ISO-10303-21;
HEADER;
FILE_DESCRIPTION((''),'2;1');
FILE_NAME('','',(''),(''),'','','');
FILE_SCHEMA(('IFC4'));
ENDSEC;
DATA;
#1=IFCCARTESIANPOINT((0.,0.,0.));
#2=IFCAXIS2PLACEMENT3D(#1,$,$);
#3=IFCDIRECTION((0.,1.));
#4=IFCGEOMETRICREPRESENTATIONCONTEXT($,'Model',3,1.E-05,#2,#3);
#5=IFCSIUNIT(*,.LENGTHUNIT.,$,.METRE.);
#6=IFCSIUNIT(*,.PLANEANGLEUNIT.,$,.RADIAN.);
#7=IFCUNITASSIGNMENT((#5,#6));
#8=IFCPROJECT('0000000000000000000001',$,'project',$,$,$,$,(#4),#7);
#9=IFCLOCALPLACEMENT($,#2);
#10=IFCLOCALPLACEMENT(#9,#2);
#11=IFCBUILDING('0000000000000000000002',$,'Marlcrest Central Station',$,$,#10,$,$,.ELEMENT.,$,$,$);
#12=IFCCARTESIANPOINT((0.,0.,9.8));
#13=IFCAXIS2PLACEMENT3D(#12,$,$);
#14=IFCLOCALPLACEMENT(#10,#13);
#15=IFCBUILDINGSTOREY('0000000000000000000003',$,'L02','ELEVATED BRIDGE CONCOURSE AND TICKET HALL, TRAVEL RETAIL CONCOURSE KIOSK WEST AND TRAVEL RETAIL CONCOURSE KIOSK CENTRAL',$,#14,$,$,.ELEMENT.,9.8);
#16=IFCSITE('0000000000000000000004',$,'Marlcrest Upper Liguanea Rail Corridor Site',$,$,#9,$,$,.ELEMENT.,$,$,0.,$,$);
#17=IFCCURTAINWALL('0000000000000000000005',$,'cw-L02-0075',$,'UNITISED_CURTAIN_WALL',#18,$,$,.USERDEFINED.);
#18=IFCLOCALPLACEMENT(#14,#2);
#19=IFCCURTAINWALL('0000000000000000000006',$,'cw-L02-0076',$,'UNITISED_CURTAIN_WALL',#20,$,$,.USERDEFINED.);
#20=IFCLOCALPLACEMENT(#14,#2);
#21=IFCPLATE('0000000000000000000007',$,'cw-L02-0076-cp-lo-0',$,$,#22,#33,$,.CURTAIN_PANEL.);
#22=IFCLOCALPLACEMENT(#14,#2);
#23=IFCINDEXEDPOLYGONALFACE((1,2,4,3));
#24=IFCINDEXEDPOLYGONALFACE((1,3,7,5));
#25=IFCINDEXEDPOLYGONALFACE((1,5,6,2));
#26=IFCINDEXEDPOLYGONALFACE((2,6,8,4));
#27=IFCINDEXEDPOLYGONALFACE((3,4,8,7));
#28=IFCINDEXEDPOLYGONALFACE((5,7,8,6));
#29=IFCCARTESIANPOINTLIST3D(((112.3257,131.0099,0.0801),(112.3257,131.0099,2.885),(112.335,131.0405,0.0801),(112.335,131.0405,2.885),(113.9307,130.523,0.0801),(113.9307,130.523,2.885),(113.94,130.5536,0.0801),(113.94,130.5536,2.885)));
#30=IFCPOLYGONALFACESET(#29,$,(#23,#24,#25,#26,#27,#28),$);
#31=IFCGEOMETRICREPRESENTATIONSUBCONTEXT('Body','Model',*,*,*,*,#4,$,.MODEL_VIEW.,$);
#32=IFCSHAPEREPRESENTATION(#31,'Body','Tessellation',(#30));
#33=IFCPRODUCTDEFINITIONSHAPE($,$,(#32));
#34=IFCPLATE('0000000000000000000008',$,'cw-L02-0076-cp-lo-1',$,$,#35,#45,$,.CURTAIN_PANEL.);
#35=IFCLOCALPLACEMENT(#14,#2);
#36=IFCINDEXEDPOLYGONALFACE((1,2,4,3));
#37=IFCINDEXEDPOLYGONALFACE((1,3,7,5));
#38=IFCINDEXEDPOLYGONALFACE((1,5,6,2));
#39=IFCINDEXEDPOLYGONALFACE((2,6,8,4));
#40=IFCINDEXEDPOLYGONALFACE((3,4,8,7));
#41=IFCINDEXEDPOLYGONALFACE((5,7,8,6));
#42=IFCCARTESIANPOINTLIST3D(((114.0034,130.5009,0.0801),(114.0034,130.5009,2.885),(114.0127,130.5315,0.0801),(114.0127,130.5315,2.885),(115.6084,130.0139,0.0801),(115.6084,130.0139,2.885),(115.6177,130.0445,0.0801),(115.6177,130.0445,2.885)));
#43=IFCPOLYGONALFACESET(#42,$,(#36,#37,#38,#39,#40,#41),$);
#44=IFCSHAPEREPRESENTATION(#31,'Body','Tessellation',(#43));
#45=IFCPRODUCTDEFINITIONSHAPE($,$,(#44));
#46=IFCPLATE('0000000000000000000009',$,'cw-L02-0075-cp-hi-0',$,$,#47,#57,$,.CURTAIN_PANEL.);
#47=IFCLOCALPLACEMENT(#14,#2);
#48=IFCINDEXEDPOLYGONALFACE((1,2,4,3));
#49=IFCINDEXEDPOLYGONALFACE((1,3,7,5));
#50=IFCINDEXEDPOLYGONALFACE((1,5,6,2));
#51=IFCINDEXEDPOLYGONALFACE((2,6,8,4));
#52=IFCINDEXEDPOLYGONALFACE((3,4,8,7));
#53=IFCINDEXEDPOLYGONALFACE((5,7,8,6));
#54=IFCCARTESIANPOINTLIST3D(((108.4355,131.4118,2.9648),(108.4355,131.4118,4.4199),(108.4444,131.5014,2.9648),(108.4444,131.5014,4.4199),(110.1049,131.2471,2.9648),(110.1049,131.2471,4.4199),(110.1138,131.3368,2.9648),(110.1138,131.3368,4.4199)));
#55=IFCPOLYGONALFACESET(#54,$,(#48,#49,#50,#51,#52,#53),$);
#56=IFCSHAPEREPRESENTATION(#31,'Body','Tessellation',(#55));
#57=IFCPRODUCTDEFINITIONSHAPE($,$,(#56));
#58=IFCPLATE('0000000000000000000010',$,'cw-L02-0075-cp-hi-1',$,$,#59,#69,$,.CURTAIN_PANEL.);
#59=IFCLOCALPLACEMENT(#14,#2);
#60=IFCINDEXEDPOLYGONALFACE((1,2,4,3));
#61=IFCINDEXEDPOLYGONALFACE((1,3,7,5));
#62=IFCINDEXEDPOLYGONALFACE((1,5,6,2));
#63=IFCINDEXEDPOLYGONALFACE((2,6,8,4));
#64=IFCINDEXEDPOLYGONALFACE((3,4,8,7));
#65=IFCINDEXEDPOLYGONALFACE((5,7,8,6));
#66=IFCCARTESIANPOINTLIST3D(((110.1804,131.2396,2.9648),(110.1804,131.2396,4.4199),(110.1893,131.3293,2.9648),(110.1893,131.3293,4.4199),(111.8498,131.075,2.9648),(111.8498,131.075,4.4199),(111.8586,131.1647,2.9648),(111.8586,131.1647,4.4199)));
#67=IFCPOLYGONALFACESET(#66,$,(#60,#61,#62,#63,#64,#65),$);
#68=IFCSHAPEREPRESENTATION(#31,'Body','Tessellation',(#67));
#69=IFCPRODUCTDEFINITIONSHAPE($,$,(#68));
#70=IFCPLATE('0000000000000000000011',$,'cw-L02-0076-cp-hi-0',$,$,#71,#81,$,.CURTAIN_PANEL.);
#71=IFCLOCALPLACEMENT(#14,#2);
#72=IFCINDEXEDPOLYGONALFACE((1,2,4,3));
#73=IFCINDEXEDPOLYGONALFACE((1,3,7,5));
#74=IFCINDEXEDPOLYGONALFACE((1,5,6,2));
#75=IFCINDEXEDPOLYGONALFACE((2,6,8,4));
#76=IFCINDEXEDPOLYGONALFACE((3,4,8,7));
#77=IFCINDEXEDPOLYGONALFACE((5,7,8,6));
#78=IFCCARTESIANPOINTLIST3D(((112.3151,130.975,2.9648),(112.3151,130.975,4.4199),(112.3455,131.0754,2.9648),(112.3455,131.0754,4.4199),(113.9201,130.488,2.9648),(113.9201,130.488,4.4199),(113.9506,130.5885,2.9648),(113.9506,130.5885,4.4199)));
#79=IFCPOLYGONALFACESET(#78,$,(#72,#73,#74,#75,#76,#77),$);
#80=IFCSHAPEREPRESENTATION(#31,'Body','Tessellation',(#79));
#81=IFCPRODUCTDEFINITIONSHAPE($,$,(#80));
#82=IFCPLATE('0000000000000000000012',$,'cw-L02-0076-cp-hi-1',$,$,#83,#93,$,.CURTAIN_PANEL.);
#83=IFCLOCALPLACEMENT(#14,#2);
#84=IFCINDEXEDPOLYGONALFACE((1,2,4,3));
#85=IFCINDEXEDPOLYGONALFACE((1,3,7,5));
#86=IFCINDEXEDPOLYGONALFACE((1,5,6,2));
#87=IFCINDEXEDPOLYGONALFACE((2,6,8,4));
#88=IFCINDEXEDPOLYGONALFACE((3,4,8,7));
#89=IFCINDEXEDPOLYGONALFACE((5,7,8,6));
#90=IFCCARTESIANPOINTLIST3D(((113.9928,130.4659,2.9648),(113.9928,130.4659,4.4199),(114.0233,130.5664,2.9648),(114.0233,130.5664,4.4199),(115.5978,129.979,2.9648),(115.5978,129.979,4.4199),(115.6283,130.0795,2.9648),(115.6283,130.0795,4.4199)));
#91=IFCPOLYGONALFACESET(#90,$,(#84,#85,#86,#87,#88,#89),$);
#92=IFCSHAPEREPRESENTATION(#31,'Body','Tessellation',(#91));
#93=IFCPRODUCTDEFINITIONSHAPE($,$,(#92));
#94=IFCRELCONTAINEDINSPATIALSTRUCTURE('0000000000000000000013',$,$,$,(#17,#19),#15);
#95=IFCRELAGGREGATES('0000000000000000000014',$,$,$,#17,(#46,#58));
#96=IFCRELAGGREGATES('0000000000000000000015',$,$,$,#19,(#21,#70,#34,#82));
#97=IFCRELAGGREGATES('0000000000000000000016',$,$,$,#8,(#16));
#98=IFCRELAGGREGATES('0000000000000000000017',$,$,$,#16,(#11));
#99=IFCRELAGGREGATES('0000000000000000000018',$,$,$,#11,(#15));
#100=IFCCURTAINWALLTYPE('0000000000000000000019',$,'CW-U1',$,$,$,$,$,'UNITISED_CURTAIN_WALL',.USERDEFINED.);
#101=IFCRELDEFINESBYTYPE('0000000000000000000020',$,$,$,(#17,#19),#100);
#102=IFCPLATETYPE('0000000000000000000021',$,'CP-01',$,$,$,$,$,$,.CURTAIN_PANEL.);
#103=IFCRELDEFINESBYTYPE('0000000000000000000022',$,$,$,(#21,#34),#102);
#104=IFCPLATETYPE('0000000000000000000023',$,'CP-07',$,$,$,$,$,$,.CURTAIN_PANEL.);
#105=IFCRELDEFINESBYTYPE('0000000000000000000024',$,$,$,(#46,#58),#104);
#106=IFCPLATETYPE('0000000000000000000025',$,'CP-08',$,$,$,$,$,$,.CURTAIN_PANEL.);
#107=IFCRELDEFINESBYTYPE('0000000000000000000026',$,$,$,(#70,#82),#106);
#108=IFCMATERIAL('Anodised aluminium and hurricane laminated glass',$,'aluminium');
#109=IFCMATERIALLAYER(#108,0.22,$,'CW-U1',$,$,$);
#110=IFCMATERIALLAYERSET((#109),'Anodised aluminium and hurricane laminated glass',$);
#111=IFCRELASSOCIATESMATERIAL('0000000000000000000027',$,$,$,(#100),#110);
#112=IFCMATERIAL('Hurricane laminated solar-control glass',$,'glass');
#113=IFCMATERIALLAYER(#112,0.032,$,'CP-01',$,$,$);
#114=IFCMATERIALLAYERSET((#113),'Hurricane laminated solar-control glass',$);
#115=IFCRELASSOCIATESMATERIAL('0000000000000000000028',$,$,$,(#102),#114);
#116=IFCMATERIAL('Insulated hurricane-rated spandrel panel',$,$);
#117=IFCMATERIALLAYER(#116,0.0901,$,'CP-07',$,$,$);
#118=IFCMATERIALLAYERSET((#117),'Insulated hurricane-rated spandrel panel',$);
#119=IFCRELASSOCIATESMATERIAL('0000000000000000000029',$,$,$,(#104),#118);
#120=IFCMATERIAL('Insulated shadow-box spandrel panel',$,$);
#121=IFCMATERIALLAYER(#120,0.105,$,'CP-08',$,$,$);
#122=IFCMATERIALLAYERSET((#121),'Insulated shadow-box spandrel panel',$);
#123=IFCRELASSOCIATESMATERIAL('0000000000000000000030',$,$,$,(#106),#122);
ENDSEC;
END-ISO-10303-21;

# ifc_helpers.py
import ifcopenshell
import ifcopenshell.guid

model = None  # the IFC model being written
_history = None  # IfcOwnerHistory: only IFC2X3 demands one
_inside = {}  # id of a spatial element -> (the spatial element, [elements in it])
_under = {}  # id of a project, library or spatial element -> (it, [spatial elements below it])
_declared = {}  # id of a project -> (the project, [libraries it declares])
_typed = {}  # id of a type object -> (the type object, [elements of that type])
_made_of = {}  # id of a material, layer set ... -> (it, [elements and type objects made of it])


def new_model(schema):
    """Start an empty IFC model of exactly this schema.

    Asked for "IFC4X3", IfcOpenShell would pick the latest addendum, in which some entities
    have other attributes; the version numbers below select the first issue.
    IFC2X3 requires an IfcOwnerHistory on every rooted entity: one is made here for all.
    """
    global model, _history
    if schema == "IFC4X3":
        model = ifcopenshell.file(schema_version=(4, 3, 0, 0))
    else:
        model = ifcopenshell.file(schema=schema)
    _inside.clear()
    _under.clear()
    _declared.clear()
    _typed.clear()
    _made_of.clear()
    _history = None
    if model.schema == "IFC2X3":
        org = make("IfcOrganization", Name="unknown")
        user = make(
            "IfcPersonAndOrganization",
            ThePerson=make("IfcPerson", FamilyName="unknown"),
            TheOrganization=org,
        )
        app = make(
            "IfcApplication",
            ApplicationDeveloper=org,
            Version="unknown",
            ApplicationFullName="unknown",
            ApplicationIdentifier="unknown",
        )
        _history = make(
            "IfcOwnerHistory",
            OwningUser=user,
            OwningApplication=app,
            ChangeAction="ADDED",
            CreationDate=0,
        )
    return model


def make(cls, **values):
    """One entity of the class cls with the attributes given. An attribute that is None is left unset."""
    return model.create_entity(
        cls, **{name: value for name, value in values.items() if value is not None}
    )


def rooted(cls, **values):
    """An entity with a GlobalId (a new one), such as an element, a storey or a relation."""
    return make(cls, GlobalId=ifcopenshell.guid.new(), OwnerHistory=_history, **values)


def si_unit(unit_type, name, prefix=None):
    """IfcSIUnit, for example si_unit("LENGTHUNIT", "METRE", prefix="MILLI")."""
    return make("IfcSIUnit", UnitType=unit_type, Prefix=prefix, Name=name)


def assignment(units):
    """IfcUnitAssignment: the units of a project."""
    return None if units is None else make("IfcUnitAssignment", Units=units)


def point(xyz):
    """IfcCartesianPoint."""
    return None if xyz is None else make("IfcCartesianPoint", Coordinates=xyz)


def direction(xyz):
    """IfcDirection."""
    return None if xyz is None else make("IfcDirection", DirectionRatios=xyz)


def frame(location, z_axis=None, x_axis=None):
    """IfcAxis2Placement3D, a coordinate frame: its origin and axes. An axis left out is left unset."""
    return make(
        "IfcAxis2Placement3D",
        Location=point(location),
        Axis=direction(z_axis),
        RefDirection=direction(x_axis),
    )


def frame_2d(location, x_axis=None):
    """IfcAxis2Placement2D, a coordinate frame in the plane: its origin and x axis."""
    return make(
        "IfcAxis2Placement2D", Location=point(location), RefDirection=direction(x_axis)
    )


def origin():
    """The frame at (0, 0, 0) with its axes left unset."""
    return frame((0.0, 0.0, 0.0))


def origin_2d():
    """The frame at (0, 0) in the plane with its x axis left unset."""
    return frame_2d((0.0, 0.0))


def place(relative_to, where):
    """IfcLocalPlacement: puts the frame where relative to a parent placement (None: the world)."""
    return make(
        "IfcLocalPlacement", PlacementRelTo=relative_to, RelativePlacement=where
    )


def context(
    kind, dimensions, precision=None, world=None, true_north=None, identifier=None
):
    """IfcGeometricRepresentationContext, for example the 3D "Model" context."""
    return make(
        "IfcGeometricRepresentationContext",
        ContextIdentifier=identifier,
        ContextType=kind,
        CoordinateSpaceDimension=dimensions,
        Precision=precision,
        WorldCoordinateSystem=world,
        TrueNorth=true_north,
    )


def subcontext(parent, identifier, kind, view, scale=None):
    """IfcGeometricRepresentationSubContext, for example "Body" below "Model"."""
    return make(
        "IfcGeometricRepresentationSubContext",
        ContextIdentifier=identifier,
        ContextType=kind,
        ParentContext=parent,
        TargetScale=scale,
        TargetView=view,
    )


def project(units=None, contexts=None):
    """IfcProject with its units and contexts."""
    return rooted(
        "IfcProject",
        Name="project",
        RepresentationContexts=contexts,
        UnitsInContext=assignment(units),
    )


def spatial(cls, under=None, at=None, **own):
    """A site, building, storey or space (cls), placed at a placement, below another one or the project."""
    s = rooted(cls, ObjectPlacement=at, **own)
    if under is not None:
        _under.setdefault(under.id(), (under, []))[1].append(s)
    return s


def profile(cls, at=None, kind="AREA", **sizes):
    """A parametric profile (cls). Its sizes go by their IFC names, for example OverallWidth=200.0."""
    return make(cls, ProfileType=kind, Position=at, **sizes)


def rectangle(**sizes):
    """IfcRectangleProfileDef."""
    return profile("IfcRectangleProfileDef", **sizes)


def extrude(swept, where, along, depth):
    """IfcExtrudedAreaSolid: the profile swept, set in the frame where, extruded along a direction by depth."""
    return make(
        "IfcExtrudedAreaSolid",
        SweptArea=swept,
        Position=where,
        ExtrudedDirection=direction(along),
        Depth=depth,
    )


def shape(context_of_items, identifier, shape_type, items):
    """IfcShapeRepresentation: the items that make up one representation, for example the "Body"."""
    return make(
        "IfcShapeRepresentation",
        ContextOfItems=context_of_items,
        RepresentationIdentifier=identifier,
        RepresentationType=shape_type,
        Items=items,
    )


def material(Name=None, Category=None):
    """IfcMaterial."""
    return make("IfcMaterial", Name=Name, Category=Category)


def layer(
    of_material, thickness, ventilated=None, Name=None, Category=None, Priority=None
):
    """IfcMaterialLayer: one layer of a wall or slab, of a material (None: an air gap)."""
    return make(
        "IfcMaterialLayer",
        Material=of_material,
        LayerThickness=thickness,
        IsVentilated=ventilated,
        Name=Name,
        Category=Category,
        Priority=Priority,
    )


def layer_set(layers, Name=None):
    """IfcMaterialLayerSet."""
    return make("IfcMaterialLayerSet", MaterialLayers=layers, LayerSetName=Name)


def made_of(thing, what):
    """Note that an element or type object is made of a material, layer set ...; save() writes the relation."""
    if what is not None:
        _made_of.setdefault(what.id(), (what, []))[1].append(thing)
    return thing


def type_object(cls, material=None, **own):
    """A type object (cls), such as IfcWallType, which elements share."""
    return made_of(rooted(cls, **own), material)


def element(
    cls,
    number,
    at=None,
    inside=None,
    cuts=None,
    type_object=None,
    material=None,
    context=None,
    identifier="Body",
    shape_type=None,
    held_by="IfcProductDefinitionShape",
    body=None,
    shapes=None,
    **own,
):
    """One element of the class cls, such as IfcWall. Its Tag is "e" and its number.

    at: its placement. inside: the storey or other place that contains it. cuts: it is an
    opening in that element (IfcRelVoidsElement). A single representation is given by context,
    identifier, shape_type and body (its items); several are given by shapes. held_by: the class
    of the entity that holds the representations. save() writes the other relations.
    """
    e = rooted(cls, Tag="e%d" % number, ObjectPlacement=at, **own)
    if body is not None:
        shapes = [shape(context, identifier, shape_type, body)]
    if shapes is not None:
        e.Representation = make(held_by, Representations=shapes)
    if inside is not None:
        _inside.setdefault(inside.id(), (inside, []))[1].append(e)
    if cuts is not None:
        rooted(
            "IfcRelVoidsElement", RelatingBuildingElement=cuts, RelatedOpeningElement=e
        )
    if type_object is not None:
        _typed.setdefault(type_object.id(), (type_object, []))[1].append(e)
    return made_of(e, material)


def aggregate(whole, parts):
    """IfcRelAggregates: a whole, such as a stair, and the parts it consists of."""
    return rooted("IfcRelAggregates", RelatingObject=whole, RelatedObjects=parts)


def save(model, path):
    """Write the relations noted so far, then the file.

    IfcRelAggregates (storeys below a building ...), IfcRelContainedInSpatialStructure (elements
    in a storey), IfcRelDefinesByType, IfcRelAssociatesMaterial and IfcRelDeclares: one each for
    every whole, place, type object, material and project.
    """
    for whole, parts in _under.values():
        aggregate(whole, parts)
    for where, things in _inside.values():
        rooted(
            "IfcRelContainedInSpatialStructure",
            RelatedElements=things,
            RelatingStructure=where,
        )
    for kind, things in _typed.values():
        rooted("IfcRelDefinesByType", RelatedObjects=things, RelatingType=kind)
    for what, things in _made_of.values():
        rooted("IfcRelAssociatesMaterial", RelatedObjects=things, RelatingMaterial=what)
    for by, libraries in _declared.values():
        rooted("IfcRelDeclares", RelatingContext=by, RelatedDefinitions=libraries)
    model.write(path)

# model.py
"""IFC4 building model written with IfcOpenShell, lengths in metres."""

from ifc_helpers import new_model, si_unit, direction, frame, origin, origin_2d, place, context, subcontext, project, spatial, rectangle, extrude, material, layer, layer_set, type_object, element, aggregate, save


model = new_model("IFC4")

# Units and contexts
model_context = context("Model", 3, precision=1e-05, world=origin(), true_north=direction((0.0, 1.0)))
body_context = subcontext(model_context, "Body", "Model", "MODEL_VIEW")
ifc_project = project(units=[si_unit("LENGTHUNIT", "METRE"), si_unit("PLANEANGLEUNIT", "RADIAN")], contexts=[model_context])

# Site, building, storey
site_placement = place(None, origin())
site = spatial("IfcSite", under=ifc_project, at=site_placement, Name="Marlcrest Upper Liguanea Rail Corridor Site", CompositionType="ELEMENT", RefElevation=0.0)
building_placement = place(site_placement, origin())
building = spatial("IfcBuilding", under=site, at=building_placement, Name="Marlcrest Central Station", CompositionType="ELEMENT")
storey_placement = place(building_placement, frame((0.0, 0.0, 9.8)))
storey = spatial("IfcBuildingStorey", under=building, at=storey_placement, Name="L02", Description="ELEVATED BRIDGE CONCOURSE AND TICKET HALL, TRAVEL RETAIL CONCOURSE KIOSK WEST AND TRAVEL RETAIL CONCOURSE KIOSK CENTRAL", CompositionType="ELEMENT", Elevation=9.8)

# Curtain walls
ifc_material_1 = material(Name="Anodised aluminium and hurricane laminated glass", Category="aluminium")
ifc_layer_1 = layer(ifc_material_1, 0.22, Name="CW-U1")
ifc_layer_set_1 = layer_set([ifc_layer_1], Name="Anodised aluminium and hurricane laminated glass")
curtain_wall_type = type_object("IfcCurtainWallType", Name="CW-U1", ElementType="UNITISED_CURTAIN_WALL", PredefinedType="USERDEFINED", material=ifc_layer_set_1)
curtain_wall_1_placement = place(storey_placement, origin())
curtain_wall_1 = element("IfcCurtainWall", 1, at=curtain_wall_1_placement, inside=storey, type_object=curtain_wall_type, Name="cw-L02-0075", ObjectType="UNITISED_CURTAIN_WALL", PredefinedType="USERDEFINED")
curtain_wall_2_placement = place(storey_placement, origin())
curtain_wall_2 = element("IfcCurtainWall", 2, at=curtain_wall_2_placement, inside=storey, type_object=curtain_wall_type, Name="cw-L02-0076", ObjectType="UNITISED_CURTAIN_WALL", PredefinedType="USERDEFINED")

# Plates
ifc_material_2 = material(Name="Hurricane laminated solar-control glass", Category="glass")
ifc_layer_2 = layer(ifc_material_2, 0.032, Name="CP-01")
ifc_layer_set_2 = layer_set([ifc_layer_2], Name="Hurricane laminated solar-control glass")
plate_type_1 = type_object("IfcPlateType", Name="CP-01", PredefinedType="CURTAIN_PANEL", material=ifc_layer_set_2)
plate_1_placement = place(storey_placement, frame((113.1328, 130.7817, 0.0801), z_axis=(0.0, 0.0, 1.0), x_axis=(0.95693, -0.290318, 0.0)))
plate_1 = element("IfcPlate", 3, at=plate_1_placement, type_object=plate_type_1, Name="cw-L02-0076-cp-lo-0", PredefinedType="CURTAIN_PANEL", context=body_context, shape_type="SweptSolid", body=[
    extrude(rectangle(XDim=1.6772, YDim=0.032, at=origin_2d()), origin(), (0.0, 0.0, 1.0), 2.8049),
])
plate_2_placement = place(storey_placement, frame((114.8105, 130.2727, 0.0801), z_axis=(0.0, 0.0, 1.0), x_axis=(0.95693, -0.290318, 0.0)))
plate_2 = element("IfcPlate", 4, at=plate_2_placement, type_object=plate_type_1, Name="cw-L02-0076-cp-lo-1", PredefinedType="CURTAIN_PANEL", context=body_context, shape_type="SweptSolid", body=[
    extrude(rectangle(XDim=1.6772, YDim=0.032, at=origin_2d()), origin(), (0.0, 0.0, 1.0), 2.8049),
])
ifc_material_3 = material(Name="Insulated hurricane-rated spandrel panel")
ifc_layer_3 = layer(ifc_material_3, 0.0901, Name="CP-07")
ifc_layer_set_3 = layer_set([ifc_layer_3], Name="Insulated hurricane-rated spandrel panel")
plate_type_2 = type_object("IfcPlateType", Name="CP-07", PredefinedType="CURTAIN_PANEL", material=ifc_layer_set_3)
plate_3_placement = place(storey_placement, frame((109.2747, 131.3743, 2.9648), z_axis=(0.0, 0.0, 1.0), x_axis=(0.995173, -0.098139, 0.0)))
plate_3 = element("IfcPlate", 5, at=plate_3_placement, type_object=plate_type_2, Name="cw-L02-0075-cp-hi-0", PredefinedType="CURTAIN_PANEL", context=body_context, shape_type="SweptSolid", body=[
    extrude(rectangle(XDim=1.6775, YDim=0.0901, at=origin_2d()), origin(), (0.0, 0.0, 1.0), 1.4551),
])
plate_4_placement = place(storey_placement, frame((111.0195, 131.2021, 2.9648), z_axis=(0.0, 0.0, 1.0), x_axis=(0.995173, -0.098139, 0.0)))
plate_4 = element("IfcPlate", 6, at=plate_4_placement, type_object=plate_type_2, Name="cw-L02-0075-cp-hi-1", PredefinedType="CURTAIN_PANEL", context=body_context, shape_type="SweptSolid", body=[
    extrude(rectangle(XDim=1.6775, YDim=0.0901, at=origin_2d()), origin(), (0.0, 0.0, 1.0), 1.4551),
])
aggregate(curtain_wall_1, [plate_3, plate_4])
ifc_material_4 = material(Name="Insulated shadow-box spandrel panel")
ifc_layer_4 = layer(ifc_material_4, 0.105, Name="CP-08")
ifc_layer_set_4 = layer_set([ifc_layer_4], Name="Insulated shadow-box spandrel panel")
plate_type_3 = type_object("IfcPlateType", Name="CP-08", PredefinedType="CURTAIN_PANEL", material=ifc_layer_set_4)
plate_5_placement = place(storey_placement, frame((113.1328, 130.7817, 2.9648), z_axis=(0.0, 0.0, 1.0), x_axis=(0.95693, -0.290318, 0.0)))
plate_5 = element("IfcPlate", 7, at=plate_5_placement, type_object=plate_type_3, Name="cw-L02-0076-cp-hi-0", PredefinedType="CURTAIN_PANEL", context=body_context, shape_type="SweptSolid", body=[
    extrude(rectangle(XDim=1.6772, YDim=0.105, at=origin_2d()), origin(), (0.0, 0.0, 1.0), 1.4551),
])
plate_6_placement = place(storey_placement, frame((114.8105, 130.2727, 2.9648), z_axis=(0.0, 0.0, 1.0), x_axis=(0.95693, -0.290318, 0.0)))
plate_6 = element("IfcPlate", 8, at=plate_6_placement, type_object=plate_type_3, Name="cw-L02-0076-cp-hi-1", PredefinedType="CURTAIN_PANEL", context=body_context, shape_type="SweptSolid", body=[
    extrude(rectangle(XDim=1.6772, YDim=0.105, at=origin_2d()), origin(), (0.0, 0.0, 1.0), 1.4551),
])
aggregate(curtain_wall_2, [plate_1, plate_5, plate_2, plate_6])

save(model, "model.ifc")
